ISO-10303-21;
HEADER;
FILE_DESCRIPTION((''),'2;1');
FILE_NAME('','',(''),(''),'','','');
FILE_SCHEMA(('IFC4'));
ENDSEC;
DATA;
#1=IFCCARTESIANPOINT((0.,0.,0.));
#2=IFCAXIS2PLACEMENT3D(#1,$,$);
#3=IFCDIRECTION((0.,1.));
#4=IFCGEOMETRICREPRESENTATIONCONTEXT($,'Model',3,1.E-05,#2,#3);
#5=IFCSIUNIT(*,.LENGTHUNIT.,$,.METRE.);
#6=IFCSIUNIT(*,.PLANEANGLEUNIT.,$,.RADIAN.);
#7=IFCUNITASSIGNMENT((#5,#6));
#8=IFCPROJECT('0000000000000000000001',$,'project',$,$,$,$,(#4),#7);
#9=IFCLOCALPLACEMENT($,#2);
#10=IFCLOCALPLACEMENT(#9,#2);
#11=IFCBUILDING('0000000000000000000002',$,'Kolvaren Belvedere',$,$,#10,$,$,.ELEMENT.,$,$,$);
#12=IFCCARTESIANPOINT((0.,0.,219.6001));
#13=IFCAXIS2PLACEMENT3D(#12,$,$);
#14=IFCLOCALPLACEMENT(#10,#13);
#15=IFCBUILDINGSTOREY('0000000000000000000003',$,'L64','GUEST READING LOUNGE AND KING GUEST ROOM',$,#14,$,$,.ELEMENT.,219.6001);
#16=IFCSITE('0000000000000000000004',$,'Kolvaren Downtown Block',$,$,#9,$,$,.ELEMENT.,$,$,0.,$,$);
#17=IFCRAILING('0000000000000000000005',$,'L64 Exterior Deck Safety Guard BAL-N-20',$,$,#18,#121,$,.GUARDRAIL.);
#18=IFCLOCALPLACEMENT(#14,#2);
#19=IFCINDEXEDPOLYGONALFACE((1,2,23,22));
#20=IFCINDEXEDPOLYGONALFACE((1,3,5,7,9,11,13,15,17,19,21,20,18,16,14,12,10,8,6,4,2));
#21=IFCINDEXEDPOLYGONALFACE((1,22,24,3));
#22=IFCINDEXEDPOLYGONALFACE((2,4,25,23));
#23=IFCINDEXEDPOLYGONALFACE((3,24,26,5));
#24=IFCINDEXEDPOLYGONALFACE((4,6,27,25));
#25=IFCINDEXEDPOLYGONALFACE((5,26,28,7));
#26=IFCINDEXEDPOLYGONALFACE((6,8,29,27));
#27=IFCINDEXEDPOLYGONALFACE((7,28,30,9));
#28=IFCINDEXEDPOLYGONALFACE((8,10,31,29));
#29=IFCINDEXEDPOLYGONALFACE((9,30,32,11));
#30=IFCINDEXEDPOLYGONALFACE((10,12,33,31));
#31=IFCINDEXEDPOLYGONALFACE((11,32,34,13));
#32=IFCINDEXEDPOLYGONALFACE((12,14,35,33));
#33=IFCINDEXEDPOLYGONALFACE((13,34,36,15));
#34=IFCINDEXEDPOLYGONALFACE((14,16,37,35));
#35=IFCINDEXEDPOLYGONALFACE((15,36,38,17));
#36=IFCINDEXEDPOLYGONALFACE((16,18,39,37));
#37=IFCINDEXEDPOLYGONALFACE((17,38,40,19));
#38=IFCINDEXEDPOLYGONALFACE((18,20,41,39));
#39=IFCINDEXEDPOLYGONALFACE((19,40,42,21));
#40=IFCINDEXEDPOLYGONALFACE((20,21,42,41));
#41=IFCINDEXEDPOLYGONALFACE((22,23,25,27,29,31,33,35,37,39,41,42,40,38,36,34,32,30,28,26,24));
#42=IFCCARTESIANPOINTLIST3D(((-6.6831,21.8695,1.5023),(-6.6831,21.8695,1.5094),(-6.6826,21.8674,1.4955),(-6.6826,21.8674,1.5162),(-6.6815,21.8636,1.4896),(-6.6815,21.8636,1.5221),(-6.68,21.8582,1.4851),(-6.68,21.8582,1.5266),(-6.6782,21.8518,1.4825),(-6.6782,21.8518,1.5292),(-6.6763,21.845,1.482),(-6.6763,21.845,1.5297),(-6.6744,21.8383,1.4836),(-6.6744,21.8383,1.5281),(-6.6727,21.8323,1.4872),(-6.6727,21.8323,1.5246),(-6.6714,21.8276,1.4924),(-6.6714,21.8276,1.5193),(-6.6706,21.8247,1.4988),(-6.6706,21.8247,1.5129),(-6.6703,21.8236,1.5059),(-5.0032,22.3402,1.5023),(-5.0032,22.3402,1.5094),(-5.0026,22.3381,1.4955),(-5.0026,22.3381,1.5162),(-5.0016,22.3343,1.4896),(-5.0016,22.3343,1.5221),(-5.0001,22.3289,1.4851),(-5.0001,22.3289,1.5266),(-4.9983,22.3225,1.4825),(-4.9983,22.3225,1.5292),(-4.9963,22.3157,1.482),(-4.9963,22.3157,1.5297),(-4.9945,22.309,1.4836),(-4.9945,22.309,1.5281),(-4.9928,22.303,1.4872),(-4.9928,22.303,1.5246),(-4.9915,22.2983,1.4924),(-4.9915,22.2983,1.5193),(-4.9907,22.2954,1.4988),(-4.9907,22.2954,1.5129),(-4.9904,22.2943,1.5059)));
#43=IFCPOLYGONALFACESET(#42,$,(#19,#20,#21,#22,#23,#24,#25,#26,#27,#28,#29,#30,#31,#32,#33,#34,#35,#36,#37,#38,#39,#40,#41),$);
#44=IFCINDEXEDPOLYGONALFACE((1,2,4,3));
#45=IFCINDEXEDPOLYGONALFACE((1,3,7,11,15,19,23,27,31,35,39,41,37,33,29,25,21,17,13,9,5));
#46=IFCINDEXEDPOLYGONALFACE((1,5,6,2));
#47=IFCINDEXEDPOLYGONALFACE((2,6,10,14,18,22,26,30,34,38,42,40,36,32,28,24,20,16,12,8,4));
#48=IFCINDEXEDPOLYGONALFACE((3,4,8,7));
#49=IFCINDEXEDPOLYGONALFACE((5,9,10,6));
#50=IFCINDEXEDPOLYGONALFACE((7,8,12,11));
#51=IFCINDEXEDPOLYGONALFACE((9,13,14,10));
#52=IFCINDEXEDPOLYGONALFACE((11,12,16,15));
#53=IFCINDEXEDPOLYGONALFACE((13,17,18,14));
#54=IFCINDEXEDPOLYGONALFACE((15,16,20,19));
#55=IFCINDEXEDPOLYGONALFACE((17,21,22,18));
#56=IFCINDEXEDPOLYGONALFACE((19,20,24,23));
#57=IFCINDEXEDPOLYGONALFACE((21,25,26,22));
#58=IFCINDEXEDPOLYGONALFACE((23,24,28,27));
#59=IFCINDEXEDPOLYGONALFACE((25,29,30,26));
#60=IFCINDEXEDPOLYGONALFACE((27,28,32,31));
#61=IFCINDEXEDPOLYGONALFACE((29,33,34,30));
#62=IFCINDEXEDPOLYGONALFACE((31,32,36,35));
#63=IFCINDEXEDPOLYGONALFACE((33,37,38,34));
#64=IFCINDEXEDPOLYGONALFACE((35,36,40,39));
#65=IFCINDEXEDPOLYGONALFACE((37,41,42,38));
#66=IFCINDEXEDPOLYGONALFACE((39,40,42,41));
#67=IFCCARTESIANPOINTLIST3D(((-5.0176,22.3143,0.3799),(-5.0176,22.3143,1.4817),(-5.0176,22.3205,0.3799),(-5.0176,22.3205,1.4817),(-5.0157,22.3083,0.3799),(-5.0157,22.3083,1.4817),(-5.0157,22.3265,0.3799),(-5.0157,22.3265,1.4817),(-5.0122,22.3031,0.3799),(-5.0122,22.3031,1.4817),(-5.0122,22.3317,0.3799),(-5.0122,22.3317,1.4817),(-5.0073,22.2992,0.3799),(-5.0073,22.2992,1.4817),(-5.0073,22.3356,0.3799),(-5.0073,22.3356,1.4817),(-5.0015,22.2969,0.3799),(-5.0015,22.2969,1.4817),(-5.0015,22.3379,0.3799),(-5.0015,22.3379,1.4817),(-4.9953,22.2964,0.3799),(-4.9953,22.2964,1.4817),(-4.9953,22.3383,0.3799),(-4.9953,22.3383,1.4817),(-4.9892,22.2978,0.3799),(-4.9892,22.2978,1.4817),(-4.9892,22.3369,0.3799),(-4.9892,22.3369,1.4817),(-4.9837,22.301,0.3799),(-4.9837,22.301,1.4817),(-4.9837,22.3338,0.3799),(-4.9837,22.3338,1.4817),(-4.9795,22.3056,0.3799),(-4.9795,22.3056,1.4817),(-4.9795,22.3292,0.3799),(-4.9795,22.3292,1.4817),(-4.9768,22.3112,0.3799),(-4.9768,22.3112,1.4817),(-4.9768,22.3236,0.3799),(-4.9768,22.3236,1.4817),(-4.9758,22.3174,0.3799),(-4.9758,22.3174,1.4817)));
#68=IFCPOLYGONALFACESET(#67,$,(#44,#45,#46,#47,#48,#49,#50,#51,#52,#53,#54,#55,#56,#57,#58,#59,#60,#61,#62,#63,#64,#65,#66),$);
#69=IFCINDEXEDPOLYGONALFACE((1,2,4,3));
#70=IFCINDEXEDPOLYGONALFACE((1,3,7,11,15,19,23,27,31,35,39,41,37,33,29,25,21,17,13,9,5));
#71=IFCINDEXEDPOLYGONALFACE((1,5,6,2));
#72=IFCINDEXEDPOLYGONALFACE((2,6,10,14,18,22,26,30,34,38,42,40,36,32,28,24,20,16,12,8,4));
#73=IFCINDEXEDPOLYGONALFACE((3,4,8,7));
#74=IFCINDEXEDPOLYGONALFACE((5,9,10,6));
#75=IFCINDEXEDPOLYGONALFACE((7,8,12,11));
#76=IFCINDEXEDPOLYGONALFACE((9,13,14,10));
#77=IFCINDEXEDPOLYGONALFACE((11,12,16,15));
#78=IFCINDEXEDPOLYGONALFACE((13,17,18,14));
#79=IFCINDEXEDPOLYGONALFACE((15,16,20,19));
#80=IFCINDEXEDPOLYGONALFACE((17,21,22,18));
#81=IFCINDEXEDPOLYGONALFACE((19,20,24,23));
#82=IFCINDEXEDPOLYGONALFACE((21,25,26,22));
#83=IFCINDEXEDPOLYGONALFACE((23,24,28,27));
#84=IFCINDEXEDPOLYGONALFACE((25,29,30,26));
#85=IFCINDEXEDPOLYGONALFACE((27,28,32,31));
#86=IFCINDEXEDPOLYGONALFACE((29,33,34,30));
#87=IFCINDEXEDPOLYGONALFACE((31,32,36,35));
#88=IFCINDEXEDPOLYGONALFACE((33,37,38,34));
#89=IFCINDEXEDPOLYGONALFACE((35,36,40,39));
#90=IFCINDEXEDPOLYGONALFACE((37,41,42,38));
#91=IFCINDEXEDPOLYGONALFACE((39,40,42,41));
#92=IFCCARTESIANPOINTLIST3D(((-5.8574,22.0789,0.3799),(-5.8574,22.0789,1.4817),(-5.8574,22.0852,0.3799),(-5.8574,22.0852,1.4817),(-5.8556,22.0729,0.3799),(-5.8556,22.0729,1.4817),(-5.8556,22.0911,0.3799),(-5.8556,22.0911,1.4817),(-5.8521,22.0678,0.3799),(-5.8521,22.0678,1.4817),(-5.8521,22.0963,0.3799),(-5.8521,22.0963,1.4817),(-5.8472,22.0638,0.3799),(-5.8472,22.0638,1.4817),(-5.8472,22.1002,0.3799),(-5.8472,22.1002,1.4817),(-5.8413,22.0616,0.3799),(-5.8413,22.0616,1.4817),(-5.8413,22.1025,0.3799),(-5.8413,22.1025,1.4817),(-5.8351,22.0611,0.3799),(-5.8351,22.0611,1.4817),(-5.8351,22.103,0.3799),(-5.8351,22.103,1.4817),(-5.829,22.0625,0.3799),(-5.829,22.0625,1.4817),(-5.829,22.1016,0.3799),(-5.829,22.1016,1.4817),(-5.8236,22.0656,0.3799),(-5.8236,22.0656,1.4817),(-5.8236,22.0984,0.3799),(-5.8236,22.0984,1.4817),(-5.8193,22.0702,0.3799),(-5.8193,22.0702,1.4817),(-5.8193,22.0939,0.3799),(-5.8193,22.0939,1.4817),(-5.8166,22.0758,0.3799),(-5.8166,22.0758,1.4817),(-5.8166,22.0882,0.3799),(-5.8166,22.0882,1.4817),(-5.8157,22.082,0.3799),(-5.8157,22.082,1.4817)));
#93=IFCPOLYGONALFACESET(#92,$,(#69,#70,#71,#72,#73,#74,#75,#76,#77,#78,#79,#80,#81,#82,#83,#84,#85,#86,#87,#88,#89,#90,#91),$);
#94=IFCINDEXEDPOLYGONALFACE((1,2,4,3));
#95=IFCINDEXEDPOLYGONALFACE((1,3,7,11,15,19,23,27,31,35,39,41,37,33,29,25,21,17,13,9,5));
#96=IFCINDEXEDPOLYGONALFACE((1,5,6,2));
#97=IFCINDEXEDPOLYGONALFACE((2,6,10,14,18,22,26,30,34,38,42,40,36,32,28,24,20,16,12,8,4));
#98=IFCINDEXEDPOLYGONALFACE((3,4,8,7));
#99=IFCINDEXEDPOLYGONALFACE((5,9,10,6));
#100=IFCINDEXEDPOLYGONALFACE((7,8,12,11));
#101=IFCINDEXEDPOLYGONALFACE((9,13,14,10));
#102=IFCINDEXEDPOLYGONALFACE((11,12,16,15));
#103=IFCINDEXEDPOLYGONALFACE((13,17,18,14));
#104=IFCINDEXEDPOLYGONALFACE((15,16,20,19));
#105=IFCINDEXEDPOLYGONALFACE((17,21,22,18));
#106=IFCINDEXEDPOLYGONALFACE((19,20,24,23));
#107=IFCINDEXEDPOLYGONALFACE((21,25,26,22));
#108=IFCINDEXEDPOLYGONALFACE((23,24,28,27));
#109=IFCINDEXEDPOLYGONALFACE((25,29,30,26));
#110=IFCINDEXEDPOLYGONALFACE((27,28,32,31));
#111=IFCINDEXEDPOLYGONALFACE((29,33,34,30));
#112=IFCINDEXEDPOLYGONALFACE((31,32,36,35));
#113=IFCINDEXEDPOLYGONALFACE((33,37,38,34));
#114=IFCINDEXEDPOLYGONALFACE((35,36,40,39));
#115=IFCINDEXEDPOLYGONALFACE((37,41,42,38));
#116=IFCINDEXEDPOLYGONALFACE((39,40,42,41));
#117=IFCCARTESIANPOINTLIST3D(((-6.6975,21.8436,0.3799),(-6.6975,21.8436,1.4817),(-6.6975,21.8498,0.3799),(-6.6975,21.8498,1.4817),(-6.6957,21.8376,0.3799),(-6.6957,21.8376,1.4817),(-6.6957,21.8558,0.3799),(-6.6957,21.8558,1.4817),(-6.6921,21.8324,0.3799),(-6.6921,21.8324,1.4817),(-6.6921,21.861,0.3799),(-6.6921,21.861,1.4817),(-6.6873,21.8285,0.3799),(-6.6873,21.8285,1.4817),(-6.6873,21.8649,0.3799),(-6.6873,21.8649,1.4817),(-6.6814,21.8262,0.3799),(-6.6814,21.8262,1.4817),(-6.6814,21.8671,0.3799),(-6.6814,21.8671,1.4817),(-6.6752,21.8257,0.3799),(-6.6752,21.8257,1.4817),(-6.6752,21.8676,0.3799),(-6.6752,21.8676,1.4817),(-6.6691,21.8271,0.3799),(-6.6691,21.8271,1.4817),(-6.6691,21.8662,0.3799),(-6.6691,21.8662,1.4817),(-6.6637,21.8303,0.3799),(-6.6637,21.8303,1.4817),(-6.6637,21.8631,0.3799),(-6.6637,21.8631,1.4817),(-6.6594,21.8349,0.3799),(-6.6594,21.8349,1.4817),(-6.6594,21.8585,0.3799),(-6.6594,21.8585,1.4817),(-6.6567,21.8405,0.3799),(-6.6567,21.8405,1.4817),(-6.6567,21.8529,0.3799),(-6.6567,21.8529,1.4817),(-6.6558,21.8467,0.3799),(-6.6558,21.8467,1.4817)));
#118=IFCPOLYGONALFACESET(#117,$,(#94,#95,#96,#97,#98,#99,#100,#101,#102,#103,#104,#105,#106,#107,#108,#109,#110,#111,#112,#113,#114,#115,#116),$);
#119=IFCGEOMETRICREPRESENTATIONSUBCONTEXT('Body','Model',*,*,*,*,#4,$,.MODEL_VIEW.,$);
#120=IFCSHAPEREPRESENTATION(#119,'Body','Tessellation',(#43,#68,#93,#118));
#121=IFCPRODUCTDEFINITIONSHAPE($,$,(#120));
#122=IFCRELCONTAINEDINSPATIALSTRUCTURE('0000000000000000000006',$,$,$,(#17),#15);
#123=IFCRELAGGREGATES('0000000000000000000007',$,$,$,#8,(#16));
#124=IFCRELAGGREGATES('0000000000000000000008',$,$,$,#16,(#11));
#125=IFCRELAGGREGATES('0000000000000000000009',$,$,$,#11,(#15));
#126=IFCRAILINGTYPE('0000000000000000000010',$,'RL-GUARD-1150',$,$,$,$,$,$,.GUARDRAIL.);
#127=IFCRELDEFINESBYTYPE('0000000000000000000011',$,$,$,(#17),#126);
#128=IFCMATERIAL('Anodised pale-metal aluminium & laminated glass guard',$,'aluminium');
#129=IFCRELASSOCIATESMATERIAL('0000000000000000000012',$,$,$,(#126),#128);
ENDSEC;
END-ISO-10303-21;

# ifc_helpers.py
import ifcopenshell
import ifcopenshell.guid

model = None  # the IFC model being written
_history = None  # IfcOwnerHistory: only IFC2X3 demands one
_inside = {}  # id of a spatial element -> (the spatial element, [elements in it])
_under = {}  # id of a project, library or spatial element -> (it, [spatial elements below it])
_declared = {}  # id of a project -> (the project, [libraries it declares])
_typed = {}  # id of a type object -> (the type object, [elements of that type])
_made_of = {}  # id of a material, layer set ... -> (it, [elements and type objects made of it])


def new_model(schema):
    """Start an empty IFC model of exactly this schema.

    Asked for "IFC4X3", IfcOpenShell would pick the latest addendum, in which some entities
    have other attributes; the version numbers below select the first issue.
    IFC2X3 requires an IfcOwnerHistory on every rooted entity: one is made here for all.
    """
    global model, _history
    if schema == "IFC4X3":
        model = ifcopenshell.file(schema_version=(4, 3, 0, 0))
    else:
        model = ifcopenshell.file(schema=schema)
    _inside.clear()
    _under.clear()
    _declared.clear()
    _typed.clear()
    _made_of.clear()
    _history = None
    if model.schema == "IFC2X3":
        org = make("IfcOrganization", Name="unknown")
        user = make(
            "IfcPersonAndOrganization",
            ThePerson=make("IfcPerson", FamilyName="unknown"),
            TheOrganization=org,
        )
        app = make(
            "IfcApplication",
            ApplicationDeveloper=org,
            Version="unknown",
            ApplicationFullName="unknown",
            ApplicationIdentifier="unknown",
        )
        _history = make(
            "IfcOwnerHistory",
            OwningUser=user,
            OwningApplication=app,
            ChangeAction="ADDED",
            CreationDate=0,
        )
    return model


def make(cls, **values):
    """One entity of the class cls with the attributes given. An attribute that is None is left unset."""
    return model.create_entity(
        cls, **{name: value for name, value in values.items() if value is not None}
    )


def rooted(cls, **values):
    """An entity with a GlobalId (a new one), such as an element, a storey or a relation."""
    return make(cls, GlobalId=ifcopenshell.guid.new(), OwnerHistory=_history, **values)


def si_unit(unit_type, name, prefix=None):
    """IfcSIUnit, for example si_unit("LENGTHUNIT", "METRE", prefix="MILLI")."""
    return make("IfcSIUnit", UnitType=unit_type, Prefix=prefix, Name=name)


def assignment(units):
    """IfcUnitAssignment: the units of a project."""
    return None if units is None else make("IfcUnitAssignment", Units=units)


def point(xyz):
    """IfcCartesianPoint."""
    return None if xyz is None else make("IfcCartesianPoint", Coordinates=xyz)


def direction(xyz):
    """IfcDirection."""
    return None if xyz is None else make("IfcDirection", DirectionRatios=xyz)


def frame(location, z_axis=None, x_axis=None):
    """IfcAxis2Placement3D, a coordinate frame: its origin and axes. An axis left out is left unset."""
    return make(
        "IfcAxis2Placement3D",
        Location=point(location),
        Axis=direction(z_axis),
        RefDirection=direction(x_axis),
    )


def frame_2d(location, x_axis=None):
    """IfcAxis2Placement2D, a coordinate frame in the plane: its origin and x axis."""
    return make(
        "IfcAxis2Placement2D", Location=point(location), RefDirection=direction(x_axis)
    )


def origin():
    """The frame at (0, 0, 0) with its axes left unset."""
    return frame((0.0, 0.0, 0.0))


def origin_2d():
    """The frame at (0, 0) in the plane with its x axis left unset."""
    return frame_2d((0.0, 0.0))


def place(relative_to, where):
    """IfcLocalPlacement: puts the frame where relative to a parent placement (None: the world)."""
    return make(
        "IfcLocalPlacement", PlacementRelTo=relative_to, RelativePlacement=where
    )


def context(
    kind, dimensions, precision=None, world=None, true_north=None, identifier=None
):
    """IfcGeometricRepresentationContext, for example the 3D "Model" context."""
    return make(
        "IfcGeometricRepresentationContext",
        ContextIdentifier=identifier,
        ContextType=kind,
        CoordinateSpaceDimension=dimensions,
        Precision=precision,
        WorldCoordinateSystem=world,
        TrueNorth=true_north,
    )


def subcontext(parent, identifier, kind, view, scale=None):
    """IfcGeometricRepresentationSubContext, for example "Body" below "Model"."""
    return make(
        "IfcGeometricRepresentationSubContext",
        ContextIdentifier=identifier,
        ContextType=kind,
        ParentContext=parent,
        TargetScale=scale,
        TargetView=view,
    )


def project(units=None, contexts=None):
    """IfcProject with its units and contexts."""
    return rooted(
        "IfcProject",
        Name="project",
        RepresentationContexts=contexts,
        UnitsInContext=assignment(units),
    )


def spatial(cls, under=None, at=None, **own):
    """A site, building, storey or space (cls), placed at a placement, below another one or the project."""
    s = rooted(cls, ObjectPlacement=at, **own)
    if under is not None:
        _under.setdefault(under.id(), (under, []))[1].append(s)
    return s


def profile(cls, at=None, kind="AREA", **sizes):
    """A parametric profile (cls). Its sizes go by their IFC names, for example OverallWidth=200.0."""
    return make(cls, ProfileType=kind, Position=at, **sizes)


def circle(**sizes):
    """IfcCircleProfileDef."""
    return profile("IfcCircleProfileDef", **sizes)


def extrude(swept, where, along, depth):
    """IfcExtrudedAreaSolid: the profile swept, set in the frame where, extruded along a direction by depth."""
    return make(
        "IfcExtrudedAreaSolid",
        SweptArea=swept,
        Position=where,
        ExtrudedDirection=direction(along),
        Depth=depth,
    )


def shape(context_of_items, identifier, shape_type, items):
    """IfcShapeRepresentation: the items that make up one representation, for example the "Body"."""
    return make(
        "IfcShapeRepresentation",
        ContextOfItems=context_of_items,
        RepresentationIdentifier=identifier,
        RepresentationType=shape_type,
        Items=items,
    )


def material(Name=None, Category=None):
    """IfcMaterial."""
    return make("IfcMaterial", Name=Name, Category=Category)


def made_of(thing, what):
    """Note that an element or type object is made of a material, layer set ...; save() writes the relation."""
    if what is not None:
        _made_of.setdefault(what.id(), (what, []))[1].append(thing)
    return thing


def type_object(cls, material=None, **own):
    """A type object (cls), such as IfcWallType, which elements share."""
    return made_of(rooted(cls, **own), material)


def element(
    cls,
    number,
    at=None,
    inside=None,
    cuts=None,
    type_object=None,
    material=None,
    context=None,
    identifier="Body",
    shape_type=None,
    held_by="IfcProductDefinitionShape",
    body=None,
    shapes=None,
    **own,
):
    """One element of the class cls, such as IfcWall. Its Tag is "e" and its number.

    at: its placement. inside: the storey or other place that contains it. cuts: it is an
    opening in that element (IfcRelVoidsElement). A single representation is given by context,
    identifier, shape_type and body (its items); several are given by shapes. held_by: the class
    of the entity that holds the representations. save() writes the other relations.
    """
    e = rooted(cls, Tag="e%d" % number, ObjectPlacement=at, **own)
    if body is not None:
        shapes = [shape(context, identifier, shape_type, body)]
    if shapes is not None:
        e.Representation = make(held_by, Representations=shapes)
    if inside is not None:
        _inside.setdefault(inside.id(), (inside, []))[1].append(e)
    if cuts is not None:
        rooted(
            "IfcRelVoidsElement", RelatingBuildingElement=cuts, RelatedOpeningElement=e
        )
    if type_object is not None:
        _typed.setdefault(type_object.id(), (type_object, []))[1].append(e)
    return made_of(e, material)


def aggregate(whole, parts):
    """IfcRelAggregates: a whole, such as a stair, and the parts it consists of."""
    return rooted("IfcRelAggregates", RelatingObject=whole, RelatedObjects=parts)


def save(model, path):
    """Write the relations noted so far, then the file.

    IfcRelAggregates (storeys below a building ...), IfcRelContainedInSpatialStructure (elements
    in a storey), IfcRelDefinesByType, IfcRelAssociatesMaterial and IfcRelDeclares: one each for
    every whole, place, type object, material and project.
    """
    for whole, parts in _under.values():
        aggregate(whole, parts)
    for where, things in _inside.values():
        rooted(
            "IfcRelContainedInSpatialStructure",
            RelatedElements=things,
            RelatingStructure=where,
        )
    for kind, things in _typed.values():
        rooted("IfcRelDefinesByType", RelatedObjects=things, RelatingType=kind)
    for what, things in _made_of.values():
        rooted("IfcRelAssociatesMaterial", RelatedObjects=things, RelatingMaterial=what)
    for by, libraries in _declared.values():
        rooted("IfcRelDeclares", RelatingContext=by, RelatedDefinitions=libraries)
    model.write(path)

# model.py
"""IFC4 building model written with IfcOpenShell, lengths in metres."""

from ifc_helpers import new_model, si_unit, direction, frame, origin, origin_2d, place, context, subcontext, project, spatial, circle, extrude, material, type_object, element, save


model = new_model("IFC4")

# Units and contexts
model_context = context("Model", 3, precision=1e-05, world=origin(), true_north=direction((0.0, 1.0)))
body_context = subcontext(model_context, "Body", "Model", "MODEL_VIEW")
ifc_project = project(units=[si_unit("LENGTHUNIT", "METRE"), si_unit("PLANEANGLEUNIT", "RADIAN")], contexts=[model_context])

# Site, building, storey
site_placement = place(None, origin())
site = spatial("IfcSite", under=ifc_project, at=site_placement, Name="Kolvaren Downtown Block", CompositionType="ELEMENT", RefElevation=0.0)
building_placement = place(site_placement, origin())
building = spatial("IfcBuilding", under=site, at=building_placement, Name="Kolvaren Belvedere", CompositionType="ELEMENT")
storey_placement = place(building_placement, frame((0.0, 0.0, 219.6001)))
storey = spatial("IfcBuildingStorey", under=building, at=storey_placement, Name="L64", Description="GUEST READING LOUNGE AND KING GUEST ROOM", CompositionType="ELEMENT", Elevation=219.6001)

# Railing
ifc_material_1 = material(Name="Anodised pale-metal aluminium & laminated glass guard", Category="aluminium")
railing_type = type_object("IfcRailingType", Name="RL-GUARD-1150", PredefinedType="GUARDRAIL", material=ifc_material_1)
railing_1_placement = place(storey_placement, frame((-4.9968, 22.3174, 0.3799)))
element("IfcRailing", 1, at=railing_1_placement, inside=storey, type_object=railing_type, Name="L64 Exterior Deck Safety Guard BAL-N-20", PredefinedType="GUARDRAIL", context=body_context, shape_type="SweptSolid", body=[
    extrude(circle(Radius=0.0239, at=origin_2d()), frame((0.0, 0.0, 1.126), z_axis=(-0.962916, -0.269801, 0.0), x_axis=(0.269801, -0.962916, 0.0)), (0.0, 0.0, 1.0), 1.7446),
    extrude(circle(Radius=0.021, at=origin_2d()), origin(), (0.0, 0.0, 1.0), 1.1018),
    extrude(circle(Radius=0.021, at=origin_2d()), frame((-0.8398, -0.2354, 0.0)), (0.0, 0.0, 1.0), 1.1018),
    extrude(circle(Radius=0.021, at=origin_2d()), frame((-1.6799, -0.4707, 0.0)), (0.0, 0.0, 1.0), 1.1018),
])

save(model, "model.ifc")
